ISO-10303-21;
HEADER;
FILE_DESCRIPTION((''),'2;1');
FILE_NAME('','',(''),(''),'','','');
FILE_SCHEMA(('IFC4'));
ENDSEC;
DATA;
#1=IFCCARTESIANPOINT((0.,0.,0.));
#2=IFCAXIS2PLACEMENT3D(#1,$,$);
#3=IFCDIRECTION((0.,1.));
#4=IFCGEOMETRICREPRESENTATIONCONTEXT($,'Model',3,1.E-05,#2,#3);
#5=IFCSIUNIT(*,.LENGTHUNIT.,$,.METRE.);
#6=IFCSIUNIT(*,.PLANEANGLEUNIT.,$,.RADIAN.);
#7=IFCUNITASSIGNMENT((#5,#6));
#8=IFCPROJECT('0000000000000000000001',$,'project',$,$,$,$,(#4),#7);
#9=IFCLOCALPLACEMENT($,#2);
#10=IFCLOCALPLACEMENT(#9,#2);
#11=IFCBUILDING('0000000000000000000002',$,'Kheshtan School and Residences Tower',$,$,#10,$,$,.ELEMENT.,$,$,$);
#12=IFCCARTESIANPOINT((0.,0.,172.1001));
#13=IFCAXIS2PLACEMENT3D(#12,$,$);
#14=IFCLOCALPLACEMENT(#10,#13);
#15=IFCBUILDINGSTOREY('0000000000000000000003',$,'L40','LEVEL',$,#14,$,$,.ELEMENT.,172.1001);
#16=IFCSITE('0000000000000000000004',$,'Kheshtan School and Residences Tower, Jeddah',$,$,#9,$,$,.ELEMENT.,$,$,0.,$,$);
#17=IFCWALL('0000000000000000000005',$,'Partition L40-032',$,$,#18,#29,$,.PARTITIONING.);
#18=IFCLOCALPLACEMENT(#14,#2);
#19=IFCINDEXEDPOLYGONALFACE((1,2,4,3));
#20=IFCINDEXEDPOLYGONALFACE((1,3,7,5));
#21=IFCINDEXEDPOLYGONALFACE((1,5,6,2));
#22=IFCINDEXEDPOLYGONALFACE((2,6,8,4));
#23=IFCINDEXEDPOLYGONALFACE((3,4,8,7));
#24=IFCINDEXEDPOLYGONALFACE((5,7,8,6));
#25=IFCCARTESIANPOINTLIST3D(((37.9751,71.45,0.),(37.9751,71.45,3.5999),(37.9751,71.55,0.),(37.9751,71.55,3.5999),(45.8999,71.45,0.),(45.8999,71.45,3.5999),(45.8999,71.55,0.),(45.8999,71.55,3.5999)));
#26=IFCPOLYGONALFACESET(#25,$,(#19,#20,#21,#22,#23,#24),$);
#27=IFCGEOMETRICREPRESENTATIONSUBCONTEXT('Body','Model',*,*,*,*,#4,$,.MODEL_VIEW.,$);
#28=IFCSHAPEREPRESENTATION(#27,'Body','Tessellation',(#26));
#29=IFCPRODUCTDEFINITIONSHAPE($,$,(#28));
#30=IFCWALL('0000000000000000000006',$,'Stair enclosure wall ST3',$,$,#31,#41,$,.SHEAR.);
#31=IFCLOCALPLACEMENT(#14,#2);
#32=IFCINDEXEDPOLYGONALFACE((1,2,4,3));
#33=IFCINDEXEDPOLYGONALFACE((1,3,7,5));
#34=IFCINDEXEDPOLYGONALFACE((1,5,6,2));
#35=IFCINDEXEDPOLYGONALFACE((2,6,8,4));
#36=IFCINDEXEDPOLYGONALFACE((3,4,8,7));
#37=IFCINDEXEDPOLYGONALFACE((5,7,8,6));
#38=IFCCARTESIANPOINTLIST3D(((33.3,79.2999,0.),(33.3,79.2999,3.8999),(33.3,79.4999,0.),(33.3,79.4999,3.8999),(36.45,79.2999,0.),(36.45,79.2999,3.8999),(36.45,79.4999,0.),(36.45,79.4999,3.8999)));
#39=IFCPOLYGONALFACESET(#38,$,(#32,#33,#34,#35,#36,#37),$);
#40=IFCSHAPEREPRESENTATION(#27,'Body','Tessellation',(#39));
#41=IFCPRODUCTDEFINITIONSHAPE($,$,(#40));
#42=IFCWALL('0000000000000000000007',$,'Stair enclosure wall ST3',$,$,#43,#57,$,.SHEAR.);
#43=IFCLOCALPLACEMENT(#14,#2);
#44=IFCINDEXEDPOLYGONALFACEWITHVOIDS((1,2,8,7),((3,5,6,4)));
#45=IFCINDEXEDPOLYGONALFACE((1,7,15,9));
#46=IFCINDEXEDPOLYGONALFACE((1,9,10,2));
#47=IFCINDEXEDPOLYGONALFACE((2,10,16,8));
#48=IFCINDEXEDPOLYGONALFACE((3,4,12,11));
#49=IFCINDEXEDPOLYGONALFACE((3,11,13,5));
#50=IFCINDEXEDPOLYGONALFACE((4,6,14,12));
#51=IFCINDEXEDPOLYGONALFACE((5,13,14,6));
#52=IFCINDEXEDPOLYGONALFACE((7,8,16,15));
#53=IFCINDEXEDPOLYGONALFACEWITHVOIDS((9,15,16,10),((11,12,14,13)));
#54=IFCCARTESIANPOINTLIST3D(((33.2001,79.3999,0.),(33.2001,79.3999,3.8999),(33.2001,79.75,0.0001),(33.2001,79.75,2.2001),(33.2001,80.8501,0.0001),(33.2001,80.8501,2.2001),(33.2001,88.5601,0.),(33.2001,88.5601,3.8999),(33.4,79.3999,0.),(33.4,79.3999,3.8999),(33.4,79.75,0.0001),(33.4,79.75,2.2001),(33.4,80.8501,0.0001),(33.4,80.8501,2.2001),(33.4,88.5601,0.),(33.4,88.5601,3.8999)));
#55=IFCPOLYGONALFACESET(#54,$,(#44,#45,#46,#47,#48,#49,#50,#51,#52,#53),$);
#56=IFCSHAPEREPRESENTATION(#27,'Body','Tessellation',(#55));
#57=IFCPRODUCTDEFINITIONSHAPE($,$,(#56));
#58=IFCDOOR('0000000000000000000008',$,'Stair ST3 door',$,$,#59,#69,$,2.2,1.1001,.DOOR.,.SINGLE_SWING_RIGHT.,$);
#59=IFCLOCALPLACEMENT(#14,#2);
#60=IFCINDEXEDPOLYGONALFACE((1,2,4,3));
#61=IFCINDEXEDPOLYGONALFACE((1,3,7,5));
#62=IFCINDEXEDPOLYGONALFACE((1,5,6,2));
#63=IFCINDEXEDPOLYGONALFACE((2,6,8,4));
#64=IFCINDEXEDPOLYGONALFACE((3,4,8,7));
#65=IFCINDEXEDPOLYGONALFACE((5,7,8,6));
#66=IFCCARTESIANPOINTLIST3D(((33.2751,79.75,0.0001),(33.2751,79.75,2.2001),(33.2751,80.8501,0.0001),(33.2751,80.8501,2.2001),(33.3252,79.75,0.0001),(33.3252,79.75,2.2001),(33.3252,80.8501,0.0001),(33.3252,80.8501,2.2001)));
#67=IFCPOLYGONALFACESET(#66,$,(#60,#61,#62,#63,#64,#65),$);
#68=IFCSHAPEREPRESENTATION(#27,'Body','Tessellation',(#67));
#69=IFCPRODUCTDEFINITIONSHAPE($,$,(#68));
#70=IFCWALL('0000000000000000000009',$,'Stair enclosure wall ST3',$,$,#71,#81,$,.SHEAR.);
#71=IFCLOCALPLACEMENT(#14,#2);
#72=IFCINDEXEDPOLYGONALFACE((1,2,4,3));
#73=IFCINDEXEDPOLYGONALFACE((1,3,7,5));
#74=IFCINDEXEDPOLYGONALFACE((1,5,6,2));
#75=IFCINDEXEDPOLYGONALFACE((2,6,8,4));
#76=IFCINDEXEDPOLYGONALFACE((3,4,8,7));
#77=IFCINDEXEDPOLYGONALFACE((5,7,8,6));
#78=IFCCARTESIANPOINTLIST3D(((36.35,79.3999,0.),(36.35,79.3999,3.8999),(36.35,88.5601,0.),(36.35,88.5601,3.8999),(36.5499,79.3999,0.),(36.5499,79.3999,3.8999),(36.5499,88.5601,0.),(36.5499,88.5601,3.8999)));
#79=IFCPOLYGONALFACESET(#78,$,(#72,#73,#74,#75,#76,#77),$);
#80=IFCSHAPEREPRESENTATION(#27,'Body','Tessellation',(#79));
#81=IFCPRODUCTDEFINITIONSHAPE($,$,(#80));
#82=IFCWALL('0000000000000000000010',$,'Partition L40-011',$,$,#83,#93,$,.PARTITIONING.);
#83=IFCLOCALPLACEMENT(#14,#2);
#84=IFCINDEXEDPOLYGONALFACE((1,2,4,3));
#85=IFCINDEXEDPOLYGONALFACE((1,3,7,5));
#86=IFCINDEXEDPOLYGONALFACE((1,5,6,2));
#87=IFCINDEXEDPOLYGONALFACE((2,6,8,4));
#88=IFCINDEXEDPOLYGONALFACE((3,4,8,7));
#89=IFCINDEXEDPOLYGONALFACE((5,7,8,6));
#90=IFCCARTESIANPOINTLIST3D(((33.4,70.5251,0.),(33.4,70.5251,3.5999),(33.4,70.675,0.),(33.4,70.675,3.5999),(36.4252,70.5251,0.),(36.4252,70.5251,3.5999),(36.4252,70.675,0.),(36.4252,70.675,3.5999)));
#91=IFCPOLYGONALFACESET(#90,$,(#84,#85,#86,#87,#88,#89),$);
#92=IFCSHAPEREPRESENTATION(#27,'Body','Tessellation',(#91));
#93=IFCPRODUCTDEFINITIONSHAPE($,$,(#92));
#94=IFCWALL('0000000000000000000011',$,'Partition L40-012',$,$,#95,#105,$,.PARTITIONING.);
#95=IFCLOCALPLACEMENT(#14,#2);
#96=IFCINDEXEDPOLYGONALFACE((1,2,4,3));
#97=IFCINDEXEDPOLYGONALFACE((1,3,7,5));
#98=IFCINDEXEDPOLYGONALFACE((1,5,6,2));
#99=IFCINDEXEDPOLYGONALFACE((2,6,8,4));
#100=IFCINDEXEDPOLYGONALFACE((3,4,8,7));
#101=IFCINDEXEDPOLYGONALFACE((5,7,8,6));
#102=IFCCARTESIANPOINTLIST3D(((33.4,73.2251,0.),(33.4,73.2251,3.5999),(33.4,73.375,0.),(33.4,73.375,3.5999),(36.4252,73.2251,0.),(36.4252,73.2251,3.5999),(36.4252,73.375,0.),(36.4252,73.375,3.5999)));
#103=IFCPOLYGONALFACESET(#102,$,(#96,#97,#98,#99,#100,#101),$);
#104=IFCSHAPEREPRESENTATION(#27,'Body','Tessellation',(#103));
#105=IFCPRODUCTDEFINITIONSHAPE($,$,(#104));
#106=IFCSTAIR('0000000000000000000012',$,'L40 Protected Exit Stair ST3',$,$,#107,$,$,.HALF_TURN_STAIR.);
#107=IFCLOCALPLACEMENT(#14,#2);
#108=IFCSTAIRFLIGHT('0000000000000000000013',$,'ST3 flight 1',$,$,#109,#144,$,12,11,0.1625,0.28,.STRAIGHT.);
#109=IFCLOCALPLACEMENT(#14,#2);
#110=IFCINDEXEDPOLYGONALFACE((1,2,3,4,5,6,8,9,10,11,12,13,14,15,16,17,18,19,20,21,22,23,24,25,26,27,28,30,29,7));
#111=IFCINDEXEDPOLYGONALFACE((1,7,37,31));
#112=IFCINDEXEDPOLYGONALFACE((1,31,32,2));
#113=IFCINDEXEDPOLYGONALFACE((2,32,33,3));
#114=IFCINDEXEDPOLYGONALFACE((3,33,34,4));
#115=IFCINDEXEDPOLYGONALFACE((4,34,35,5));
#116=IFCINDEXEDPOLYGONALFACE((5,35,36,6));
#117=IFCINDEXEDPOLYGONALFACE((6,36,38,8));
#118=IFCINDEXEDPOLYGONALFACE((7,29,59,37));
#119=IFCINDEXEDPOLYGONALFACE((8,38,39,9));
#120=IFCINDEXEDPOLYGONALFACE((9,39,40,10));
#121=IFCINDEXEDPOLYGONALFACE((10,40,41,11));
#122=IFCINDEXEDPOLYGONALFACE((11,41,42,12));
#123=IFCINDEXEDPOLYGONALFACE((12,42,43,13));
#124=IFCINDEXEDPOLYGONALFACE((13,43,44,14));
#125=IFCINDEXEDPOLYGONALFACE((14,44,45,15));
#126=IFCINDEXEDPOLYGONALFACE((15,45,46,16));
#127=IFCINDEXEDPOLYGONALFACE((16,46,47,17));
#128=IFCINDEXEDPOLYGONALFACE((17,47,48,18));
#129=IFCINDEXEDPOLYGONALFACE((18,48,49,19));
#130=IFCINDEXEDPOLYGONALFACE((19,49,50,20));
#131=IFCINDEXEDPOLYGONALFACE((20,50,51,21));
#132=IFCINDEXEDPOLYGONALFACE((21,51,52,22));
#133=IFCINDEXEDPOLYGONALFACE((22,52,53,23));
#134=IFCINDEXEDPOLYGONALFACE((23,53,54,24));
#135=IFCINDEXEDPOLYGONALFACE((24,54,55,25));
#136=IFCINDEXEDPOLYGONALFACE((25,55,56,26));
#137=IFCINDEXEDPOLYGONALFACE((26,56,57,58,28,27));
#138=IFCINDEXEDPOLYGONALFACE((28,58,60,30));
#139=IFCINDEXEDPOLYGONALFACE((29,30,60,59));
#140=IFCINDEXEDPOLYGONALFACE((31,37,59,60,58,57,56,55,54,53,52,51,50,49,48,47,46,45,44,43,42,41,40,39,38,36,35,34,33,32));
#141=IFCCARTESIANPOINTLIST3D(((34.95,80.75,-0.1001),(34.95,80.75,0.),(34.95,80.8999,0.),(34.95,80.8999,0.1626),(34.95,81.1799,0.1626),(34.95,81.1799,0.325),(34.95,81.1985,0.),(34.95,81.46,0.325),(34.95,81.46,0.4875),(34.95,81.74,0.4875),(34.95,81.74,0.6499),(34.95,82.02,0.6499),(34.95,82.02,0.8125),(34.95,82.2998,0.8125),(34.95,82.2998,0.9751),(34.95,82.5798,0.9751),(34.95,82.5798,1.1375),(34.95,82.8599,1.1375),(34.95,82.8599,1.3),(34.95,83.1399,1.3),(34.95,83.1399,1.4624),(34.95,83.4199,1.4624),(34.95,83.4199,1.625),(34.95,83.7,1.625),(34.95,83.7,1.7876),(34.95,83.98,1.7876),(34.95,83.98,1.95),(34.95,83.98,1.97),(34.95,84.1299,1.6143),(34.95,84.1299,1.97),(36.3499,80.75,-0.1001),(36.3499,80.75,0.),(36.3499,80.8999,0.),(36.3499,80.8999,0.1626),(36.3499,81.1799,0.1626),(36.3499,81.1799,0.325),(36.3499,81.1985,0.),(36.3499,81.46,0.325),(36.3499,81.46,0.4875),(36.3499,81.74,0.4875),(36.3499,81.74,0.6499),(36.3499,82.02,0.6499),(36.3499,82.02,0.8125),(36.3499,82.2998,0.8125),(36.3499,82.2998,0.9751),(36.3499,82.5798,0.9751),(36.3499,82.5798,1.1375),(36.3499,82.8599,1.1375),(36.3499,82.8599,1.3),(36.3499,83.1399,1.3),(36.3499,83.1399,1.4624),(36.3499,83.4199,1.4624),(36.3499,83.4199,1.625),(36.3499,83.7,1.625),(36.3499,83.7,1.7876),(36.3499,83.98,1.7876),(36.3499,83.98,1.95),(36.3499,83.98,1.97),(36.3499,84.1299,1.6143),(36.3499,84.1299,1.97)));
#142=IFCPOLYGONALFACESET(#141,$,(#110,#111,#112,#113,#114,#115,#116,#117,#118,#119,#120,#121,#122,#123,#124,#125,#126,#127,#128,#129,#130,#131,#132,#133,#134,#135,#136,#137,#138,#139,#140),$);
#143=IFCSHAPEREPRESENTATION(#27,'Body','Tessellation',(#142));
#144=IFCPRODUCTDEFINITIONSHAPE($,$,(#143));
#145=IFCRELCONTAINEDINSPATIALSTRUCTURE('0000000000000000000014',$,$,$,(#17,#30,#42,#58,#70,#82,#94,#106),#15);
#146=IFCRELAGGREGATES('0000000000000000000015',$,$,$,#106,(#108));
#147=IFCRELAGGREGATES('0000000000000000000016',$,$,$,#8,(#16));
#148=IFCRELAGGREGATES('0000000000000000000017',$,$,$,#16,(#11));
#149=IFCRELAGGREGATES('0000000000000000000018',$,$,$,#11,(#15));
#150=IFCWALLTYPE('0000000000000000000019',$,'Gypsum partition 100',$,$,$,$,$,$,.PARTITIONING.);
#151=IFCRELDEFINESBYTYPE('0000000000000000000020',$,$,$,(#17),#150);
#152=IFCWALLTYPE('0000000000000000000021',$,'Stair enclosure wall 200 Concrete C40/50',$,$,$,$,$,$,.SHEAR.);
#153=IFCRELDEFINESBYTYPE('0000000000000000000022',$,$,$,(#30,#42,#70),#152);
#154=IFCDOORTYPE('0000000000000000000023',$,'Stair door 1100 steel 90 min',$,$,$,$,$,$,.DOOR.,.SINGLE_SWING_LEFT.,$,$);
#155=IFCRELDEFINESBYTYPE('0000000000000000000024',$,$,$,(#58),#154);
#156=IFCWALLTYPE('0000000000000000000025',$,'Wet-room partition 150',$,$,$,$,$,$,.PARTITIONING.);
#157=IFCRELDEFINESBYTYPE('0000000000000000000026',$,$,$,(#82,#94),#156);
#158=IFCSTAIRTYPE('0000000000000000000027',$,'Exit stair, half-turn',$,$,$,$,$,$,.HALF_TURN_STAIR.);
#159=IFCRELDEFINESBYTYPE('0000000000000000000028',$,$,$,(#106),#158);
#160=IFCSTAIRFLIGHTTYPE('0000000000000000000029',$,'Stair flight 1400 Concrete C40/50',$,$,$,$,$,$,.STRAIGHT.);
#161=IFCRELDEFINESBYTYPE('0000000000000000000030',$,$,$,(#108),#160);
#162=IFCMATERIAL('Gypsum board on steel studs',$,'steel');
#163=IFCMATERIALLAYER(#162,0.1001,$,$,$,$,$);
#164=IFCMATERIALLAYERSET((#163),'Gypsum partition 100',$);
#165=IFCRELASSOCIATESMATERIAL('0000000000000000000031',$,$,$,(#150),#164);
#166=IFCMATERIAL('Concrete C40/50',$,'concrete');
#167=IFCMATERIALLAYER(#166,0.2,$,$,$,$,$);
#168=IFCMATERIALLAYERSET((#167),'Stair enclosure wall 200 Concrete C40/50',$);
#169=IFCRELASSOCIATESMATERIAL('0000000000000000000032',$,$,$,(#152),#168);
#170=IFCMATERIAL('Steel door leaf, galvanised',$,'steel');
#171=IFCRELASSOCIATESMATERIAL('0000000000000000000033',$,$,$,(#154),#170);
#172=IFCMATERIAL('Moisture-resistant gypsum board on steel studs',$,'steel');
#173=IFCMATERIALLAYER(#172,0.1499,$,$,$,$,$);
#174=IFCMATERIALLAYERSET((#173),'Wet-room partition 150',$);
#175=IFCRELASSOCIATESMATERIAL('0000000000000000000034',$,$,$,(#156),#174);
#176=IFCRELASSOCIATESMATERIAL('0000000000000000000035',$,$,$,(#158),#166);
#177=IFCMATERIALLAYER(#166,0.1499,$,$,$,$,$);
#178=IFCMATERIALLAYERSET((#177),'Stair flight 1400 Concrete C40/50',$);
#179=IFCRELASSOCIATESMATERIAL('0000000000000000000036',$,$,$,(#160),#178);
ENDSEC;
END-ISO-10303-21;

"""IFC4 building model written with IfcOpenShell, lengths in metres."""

from ifc_helpers import new_model, si_unit, direction, frame, frame_2d, origin, place, context, subcontext, project, spatial, polyline, rectangle, outline, extrude, source, transform, mapped, material, layer, layer_set, type_object, element, fill, aggregate, save


model = new_model("IFC4")

# Units and contexts
model_context = context("Model", 3, precision=1e-05, world=origin(), true_north=direction((0.0, 1.0)))
body_context = subcontext(model_context, "Body", "Model", "MODEL_VIEW")
ifc_project = project(units=[si_unit("LENGTHUNIT", "METRE"), si_unit("PLANEANGLEUNIT", "RADIAN")], contexts=[model_context])

# Site, building, storey
site_placement = place(None, origin())
site = spatial("IfcSite", under=ifc_project, at=site_placement, Name="Kheshtan School and Residences Tower, Jeddah", CompositionType="ELEMENT", RefElevation=0.0)
building_placement = place(site_placement, origin())
building = spatial("IfcBuilding", under=site, at=building_placement, Name="Kheshtan School and Residences Tower", CompositionType="ELEMENT")
storey_placement = place(building_placement, frame((0.0, 0.0, 172.1001)))
storey = spatial("IfcBuildingStorey", under=building, at=storey_placement, Name="L40", Description="LEVEL", CompositionType="ELEMENT", Elevation=172.1001)

# Walls
ifc_material_1 = material(Name="Gypsum board on steel studs", Category="steel")
ifc_layer_1 = layer(ifc_material_1, 0.1001)
ifc_layer_set_1 = layer_set([ifc_layer_1], Name="Gypsum partition 100")
wall_type_1 = type_object("IfcWallType", Name="Gypsum partition 100", PredefinedType="PARTITIONING", material=ifc_layer_set_1)
wall_1_placement = place(storey_placement, frame((37.9751, 71.5, 0.0), z_axis=(0.0, 0.0, 1.0), x_axis=(1.0, 0.0, 0.0)))
element("IfcWall", 1, at=wall_1_placement, inside=storey, type_object=wall_type_1, Name="Partition L40-032", PredefinedType="PARTITIONING", context=body_context, shape_type="SweptSolid", body=[
    extrude(rectangle(XDim=7.9248, YDim=0.1001, at=frame_2d((3.9624, 0.0))), origin(), (0.0, 0.0, 1.0), 3.5999),
])
ifc_material_2 = material(Name="Concrete C40/50", Category="concrete")
ifc_layer_2 = layer(ifc_material_2, 0.2)
ifc_layer_set_2 = layer_set([ifc_layer_2], Name="Stair enclosure wall 200 Concrete C40/50")
wall_type_2 = type_object("IfcWallType", Name="Stair enclosure wall 200 Concrete C40/50", PredefinedType="SHEAR", material=ifc_layer_set_2)
wall_2_placement = place(storey_placement, frame((33.3, 79.3999, 0.0), z_axis=(0.0, 0.0, 1.0), x_axis=(1.0, 0.0, 0.0)))
element("IfcWall", 2, at=wall_2_placement, inside=storey, type_object=wall_type_2, Name="Stair enclosure wall ST3", PredefinedType="SHEAR", context=body_context, shape_type="SweptSolid", body=[
    extrude(rectangle(XDim=3.1499, YDim=0.2, at=frame_2d((1.575, 0.0))), origin(), (0.0, 0.0, 1.0), 3.8999),
])

# Wall, opening, door
wall_3_placement = place(storey_placement, frame((33.3, 79.3999, 0.0), z_axis=(0.0, 0.0, 1.0), x_axis=(0.0, 1.0, 0.0)))
wall_3 = element("IfcWall", 3, at=wall_3_placement, inside=storey, type_object=wall_type_2, Name="Stair enclosure wall ST3", PredefinedType="SHEAR", context=body_context, shape_type="SweptSolid", body=[
    extrude(rectangle(XDim=9.1602, YDim=0.2, at=frame_2d((4.5801, 0.0))), origin(), (0.0, 0.0, 1.0), 3.8999),
])
opening_1_placement = place(wall_3_placement, frame((0.3501, 0.0, 0.0)))
opening_1 = element("IfcOpeningElement", 4, at=opening_1_placement, cuts=wall_3, PredefinedType="OPENING", context=body_context, shape_type="SweptSolid", body=[
    extrude(rectangle(XDim=1.1001, YDim=2.2, at=frame_2d((0.55, 1.1001))), frame((0.0, 0.1099, 0.0), z_axis=(0.0, -1.0, 0.0), x_axis=(1.0, 0.0, 0.0)), (0.0, 0.0, 1.0), 0.22),
])
ifc_material_3 = material(Name="Steel door leaf, galvanised", Category="steel")
door_type_1 = type_object("IfcDoorType", Name="Stair door 1100 steel 90 min", OperationType="SINGLE_SWING_LEFT", PredefinedType="DOOR", material=ifc_material_3)
shared_shape_1 = source(origin(), body_context, "Body", "SweptSolid", [
    extrude(rectangle(XDim=1.1001, YDim=2.2, at=frame_2d((0.55, 1.1001))), frame((0.0, 0.0249, 0.0), z_axis=(0.0, -1.0, 0.0), x_axis=(1.0, 0.0, 0.0)), (0.0, 0.0, 1.0), 0.05),
])
door_1_placement = place(opening_1_placement, origin())
door_1 = element("IfcDoor", 5, at=door_1_placement, inside=storey, type_object=door_type_1, Name="Stair ST3 door", OperationType="SINGLE_SWING_RIGHT", OverallHeight=2.2, OverallWidth=1.1001, PredefinedType="DOOR", context=body_context, shape_type="MappedRepresentation", body=[
    mapped(shared_shape_1, transform((0.0, 0.0, 0.0), x_axis=(1.0, 0.0, 0.0), y_axis=(0.0, 1.0, 0.0), z_axis=(0.0, 0.0, 1.0), scale=1.0)),
])
fill(opening_1, door_1)

# Walls
wall_4_placement = place(storey_placement, frame((36.45, 79.3999, 0.0), z_axis=(0.0, 0.0, 1.0), x_axis=(0.0, 1.0, 0.0)))
element("IfcWall", 6, at=wall_4_placement, inside=storey, type_object=wall_type_2, Name="Stair enclosure wall ST3", PredefinedType="SHEAR", context=body_context, shape_type="SweptSolid", body=[
    extrude(rectangle(XDim=9.1602, YDim=0.2, at=frame_2d((4.5801, 0.0))), origin(), (0.0, 0.0, 1.0), 3.8999),
])
ifc_material_4 = material(Name="Moisture-resistant gypsum board on steel studs", Category="steel")
ifc_layer_3 = layer(ifc_material_4, 0.1499)
ifc_layer_set_3 = layer_set([ifc_layer_3], Name="Wet-room partition 150")
wall_type_3 = type_object("IfcWallType", Name="Wet-room partition 150", PredefinedType="PARTITIONING", material=ifc_layer_set_3)
for number, where, z_axis, x_axis, name in (
    (7, (33.3999, 70.6001, 0.0), (0.0, 0.0, 1.0), (1.0, 0.0, 0.0), "Partition L40-011"),
    (8, (33.3999, 73.3, 0.0), (0.0, 0.0, 1.0), (1.0, 0.0, 0.0), "Partition L40-012"),
):
    element("IfcWall", number, at=place(storey_placement, frame(where, z_axis=z_axis, x_axis=x_axis)), inside=storey, type_object=wall_type_3, Name=name, PredefinedType="PARTITIONING", context=body_context, shape_type="SweptSolid", body=[
        extrude(rectangle(XDim=3.0251, YDim=0.1499, at=frame_2d((1.5127, 0.0))), origin(), (0.0, 0.0, 1.0), 3.5999),
    ])

# Stair, stair flight
stair_type = type_object("IfcStairType", Name="Exit stair, half-turn", PredefinedType="HALF_TURN_STAIR", material=ifc_material_2)
stair_placement = place(storey_placement, origin())
stair = element("IfcStair", 9, at=stair_placement, inside=storey, type_object=stair_type, Name="L40 Protected Exit Stair ST3", PredefinedType="HALF_TURN_STAIR")
ifc_layer_4 = layer(ifc_material_2, 0.1499)
ifc_layer_set_4 = layer_set([ifc_layer_4], Name="Stair flight 1400 Concrete C40/50")
stair_flight_type = type_object("IfcStairFlightType", Name="Stair flight 1400 Concrete C40/50", PredefinedType="STRAIGHT", material=ifc_layer_set_4)
stair_flight_1_placement = place(storey_placement, frame((35.6499, 80.8999, 0.0), z_axis=(0.0, 0.0, 1.0), x_axis=(0.0, 1.0, 0.0)))
stair_flight_1 = element("IfcStairFlight", 10, at=stair_flight_1_placement, type_object=stair_flight_type, Name="ST3 flight 1", NumberOfRisers=12, NumberOfTreads=11, PredefinedType="STRAIGHT", RiserHeight=0.1625, TreadLength=0.28, context=body_context, shape_type="SweptSolid", body=[
    extrude(outline(polyline([(-0.1499, -0.1001), (-0.1499, 0.0), (0.0, 0.0), (0.0, 0.1626), (0.28, 0.1626), (0.28, 0.325), (0.5601, 0.325), (0.5601, 0.4875), (0.8401, 0.4875), (0.8401, 0.6499), (1.1201, 0.6499), (1.1201, 0.8125), (1.3999, 0.8125), (1.3999, 0.9751), (1.6799, 0.9751), (1.6799, 1.1375), (1.96, 1.1375), (1.96, 1.3), (2.24, 1.3), (2.24, 1.4624), (2.52, 1.4624), (2.52, 1.625), (2.8, 1.625), (2.8, 1.7876), (3.0801, 1.7876), (3.0801, 1.95), (3.0801, 1.97), (3.23, 1.97), (3.23, 1.6143), (0.2986, 0.0), (-0.1499, -0.1001)])), frame((0.0, 0.7, 0.0), z_axis=(0.0, -1.0, 0.0), x_axis=(1.0, 0.0, 0.0)), (0.0, 0.0, 1.0), 1.3999),
])
aggregate(stair, [stair_flight_1])

save(model, "model.ifc")
